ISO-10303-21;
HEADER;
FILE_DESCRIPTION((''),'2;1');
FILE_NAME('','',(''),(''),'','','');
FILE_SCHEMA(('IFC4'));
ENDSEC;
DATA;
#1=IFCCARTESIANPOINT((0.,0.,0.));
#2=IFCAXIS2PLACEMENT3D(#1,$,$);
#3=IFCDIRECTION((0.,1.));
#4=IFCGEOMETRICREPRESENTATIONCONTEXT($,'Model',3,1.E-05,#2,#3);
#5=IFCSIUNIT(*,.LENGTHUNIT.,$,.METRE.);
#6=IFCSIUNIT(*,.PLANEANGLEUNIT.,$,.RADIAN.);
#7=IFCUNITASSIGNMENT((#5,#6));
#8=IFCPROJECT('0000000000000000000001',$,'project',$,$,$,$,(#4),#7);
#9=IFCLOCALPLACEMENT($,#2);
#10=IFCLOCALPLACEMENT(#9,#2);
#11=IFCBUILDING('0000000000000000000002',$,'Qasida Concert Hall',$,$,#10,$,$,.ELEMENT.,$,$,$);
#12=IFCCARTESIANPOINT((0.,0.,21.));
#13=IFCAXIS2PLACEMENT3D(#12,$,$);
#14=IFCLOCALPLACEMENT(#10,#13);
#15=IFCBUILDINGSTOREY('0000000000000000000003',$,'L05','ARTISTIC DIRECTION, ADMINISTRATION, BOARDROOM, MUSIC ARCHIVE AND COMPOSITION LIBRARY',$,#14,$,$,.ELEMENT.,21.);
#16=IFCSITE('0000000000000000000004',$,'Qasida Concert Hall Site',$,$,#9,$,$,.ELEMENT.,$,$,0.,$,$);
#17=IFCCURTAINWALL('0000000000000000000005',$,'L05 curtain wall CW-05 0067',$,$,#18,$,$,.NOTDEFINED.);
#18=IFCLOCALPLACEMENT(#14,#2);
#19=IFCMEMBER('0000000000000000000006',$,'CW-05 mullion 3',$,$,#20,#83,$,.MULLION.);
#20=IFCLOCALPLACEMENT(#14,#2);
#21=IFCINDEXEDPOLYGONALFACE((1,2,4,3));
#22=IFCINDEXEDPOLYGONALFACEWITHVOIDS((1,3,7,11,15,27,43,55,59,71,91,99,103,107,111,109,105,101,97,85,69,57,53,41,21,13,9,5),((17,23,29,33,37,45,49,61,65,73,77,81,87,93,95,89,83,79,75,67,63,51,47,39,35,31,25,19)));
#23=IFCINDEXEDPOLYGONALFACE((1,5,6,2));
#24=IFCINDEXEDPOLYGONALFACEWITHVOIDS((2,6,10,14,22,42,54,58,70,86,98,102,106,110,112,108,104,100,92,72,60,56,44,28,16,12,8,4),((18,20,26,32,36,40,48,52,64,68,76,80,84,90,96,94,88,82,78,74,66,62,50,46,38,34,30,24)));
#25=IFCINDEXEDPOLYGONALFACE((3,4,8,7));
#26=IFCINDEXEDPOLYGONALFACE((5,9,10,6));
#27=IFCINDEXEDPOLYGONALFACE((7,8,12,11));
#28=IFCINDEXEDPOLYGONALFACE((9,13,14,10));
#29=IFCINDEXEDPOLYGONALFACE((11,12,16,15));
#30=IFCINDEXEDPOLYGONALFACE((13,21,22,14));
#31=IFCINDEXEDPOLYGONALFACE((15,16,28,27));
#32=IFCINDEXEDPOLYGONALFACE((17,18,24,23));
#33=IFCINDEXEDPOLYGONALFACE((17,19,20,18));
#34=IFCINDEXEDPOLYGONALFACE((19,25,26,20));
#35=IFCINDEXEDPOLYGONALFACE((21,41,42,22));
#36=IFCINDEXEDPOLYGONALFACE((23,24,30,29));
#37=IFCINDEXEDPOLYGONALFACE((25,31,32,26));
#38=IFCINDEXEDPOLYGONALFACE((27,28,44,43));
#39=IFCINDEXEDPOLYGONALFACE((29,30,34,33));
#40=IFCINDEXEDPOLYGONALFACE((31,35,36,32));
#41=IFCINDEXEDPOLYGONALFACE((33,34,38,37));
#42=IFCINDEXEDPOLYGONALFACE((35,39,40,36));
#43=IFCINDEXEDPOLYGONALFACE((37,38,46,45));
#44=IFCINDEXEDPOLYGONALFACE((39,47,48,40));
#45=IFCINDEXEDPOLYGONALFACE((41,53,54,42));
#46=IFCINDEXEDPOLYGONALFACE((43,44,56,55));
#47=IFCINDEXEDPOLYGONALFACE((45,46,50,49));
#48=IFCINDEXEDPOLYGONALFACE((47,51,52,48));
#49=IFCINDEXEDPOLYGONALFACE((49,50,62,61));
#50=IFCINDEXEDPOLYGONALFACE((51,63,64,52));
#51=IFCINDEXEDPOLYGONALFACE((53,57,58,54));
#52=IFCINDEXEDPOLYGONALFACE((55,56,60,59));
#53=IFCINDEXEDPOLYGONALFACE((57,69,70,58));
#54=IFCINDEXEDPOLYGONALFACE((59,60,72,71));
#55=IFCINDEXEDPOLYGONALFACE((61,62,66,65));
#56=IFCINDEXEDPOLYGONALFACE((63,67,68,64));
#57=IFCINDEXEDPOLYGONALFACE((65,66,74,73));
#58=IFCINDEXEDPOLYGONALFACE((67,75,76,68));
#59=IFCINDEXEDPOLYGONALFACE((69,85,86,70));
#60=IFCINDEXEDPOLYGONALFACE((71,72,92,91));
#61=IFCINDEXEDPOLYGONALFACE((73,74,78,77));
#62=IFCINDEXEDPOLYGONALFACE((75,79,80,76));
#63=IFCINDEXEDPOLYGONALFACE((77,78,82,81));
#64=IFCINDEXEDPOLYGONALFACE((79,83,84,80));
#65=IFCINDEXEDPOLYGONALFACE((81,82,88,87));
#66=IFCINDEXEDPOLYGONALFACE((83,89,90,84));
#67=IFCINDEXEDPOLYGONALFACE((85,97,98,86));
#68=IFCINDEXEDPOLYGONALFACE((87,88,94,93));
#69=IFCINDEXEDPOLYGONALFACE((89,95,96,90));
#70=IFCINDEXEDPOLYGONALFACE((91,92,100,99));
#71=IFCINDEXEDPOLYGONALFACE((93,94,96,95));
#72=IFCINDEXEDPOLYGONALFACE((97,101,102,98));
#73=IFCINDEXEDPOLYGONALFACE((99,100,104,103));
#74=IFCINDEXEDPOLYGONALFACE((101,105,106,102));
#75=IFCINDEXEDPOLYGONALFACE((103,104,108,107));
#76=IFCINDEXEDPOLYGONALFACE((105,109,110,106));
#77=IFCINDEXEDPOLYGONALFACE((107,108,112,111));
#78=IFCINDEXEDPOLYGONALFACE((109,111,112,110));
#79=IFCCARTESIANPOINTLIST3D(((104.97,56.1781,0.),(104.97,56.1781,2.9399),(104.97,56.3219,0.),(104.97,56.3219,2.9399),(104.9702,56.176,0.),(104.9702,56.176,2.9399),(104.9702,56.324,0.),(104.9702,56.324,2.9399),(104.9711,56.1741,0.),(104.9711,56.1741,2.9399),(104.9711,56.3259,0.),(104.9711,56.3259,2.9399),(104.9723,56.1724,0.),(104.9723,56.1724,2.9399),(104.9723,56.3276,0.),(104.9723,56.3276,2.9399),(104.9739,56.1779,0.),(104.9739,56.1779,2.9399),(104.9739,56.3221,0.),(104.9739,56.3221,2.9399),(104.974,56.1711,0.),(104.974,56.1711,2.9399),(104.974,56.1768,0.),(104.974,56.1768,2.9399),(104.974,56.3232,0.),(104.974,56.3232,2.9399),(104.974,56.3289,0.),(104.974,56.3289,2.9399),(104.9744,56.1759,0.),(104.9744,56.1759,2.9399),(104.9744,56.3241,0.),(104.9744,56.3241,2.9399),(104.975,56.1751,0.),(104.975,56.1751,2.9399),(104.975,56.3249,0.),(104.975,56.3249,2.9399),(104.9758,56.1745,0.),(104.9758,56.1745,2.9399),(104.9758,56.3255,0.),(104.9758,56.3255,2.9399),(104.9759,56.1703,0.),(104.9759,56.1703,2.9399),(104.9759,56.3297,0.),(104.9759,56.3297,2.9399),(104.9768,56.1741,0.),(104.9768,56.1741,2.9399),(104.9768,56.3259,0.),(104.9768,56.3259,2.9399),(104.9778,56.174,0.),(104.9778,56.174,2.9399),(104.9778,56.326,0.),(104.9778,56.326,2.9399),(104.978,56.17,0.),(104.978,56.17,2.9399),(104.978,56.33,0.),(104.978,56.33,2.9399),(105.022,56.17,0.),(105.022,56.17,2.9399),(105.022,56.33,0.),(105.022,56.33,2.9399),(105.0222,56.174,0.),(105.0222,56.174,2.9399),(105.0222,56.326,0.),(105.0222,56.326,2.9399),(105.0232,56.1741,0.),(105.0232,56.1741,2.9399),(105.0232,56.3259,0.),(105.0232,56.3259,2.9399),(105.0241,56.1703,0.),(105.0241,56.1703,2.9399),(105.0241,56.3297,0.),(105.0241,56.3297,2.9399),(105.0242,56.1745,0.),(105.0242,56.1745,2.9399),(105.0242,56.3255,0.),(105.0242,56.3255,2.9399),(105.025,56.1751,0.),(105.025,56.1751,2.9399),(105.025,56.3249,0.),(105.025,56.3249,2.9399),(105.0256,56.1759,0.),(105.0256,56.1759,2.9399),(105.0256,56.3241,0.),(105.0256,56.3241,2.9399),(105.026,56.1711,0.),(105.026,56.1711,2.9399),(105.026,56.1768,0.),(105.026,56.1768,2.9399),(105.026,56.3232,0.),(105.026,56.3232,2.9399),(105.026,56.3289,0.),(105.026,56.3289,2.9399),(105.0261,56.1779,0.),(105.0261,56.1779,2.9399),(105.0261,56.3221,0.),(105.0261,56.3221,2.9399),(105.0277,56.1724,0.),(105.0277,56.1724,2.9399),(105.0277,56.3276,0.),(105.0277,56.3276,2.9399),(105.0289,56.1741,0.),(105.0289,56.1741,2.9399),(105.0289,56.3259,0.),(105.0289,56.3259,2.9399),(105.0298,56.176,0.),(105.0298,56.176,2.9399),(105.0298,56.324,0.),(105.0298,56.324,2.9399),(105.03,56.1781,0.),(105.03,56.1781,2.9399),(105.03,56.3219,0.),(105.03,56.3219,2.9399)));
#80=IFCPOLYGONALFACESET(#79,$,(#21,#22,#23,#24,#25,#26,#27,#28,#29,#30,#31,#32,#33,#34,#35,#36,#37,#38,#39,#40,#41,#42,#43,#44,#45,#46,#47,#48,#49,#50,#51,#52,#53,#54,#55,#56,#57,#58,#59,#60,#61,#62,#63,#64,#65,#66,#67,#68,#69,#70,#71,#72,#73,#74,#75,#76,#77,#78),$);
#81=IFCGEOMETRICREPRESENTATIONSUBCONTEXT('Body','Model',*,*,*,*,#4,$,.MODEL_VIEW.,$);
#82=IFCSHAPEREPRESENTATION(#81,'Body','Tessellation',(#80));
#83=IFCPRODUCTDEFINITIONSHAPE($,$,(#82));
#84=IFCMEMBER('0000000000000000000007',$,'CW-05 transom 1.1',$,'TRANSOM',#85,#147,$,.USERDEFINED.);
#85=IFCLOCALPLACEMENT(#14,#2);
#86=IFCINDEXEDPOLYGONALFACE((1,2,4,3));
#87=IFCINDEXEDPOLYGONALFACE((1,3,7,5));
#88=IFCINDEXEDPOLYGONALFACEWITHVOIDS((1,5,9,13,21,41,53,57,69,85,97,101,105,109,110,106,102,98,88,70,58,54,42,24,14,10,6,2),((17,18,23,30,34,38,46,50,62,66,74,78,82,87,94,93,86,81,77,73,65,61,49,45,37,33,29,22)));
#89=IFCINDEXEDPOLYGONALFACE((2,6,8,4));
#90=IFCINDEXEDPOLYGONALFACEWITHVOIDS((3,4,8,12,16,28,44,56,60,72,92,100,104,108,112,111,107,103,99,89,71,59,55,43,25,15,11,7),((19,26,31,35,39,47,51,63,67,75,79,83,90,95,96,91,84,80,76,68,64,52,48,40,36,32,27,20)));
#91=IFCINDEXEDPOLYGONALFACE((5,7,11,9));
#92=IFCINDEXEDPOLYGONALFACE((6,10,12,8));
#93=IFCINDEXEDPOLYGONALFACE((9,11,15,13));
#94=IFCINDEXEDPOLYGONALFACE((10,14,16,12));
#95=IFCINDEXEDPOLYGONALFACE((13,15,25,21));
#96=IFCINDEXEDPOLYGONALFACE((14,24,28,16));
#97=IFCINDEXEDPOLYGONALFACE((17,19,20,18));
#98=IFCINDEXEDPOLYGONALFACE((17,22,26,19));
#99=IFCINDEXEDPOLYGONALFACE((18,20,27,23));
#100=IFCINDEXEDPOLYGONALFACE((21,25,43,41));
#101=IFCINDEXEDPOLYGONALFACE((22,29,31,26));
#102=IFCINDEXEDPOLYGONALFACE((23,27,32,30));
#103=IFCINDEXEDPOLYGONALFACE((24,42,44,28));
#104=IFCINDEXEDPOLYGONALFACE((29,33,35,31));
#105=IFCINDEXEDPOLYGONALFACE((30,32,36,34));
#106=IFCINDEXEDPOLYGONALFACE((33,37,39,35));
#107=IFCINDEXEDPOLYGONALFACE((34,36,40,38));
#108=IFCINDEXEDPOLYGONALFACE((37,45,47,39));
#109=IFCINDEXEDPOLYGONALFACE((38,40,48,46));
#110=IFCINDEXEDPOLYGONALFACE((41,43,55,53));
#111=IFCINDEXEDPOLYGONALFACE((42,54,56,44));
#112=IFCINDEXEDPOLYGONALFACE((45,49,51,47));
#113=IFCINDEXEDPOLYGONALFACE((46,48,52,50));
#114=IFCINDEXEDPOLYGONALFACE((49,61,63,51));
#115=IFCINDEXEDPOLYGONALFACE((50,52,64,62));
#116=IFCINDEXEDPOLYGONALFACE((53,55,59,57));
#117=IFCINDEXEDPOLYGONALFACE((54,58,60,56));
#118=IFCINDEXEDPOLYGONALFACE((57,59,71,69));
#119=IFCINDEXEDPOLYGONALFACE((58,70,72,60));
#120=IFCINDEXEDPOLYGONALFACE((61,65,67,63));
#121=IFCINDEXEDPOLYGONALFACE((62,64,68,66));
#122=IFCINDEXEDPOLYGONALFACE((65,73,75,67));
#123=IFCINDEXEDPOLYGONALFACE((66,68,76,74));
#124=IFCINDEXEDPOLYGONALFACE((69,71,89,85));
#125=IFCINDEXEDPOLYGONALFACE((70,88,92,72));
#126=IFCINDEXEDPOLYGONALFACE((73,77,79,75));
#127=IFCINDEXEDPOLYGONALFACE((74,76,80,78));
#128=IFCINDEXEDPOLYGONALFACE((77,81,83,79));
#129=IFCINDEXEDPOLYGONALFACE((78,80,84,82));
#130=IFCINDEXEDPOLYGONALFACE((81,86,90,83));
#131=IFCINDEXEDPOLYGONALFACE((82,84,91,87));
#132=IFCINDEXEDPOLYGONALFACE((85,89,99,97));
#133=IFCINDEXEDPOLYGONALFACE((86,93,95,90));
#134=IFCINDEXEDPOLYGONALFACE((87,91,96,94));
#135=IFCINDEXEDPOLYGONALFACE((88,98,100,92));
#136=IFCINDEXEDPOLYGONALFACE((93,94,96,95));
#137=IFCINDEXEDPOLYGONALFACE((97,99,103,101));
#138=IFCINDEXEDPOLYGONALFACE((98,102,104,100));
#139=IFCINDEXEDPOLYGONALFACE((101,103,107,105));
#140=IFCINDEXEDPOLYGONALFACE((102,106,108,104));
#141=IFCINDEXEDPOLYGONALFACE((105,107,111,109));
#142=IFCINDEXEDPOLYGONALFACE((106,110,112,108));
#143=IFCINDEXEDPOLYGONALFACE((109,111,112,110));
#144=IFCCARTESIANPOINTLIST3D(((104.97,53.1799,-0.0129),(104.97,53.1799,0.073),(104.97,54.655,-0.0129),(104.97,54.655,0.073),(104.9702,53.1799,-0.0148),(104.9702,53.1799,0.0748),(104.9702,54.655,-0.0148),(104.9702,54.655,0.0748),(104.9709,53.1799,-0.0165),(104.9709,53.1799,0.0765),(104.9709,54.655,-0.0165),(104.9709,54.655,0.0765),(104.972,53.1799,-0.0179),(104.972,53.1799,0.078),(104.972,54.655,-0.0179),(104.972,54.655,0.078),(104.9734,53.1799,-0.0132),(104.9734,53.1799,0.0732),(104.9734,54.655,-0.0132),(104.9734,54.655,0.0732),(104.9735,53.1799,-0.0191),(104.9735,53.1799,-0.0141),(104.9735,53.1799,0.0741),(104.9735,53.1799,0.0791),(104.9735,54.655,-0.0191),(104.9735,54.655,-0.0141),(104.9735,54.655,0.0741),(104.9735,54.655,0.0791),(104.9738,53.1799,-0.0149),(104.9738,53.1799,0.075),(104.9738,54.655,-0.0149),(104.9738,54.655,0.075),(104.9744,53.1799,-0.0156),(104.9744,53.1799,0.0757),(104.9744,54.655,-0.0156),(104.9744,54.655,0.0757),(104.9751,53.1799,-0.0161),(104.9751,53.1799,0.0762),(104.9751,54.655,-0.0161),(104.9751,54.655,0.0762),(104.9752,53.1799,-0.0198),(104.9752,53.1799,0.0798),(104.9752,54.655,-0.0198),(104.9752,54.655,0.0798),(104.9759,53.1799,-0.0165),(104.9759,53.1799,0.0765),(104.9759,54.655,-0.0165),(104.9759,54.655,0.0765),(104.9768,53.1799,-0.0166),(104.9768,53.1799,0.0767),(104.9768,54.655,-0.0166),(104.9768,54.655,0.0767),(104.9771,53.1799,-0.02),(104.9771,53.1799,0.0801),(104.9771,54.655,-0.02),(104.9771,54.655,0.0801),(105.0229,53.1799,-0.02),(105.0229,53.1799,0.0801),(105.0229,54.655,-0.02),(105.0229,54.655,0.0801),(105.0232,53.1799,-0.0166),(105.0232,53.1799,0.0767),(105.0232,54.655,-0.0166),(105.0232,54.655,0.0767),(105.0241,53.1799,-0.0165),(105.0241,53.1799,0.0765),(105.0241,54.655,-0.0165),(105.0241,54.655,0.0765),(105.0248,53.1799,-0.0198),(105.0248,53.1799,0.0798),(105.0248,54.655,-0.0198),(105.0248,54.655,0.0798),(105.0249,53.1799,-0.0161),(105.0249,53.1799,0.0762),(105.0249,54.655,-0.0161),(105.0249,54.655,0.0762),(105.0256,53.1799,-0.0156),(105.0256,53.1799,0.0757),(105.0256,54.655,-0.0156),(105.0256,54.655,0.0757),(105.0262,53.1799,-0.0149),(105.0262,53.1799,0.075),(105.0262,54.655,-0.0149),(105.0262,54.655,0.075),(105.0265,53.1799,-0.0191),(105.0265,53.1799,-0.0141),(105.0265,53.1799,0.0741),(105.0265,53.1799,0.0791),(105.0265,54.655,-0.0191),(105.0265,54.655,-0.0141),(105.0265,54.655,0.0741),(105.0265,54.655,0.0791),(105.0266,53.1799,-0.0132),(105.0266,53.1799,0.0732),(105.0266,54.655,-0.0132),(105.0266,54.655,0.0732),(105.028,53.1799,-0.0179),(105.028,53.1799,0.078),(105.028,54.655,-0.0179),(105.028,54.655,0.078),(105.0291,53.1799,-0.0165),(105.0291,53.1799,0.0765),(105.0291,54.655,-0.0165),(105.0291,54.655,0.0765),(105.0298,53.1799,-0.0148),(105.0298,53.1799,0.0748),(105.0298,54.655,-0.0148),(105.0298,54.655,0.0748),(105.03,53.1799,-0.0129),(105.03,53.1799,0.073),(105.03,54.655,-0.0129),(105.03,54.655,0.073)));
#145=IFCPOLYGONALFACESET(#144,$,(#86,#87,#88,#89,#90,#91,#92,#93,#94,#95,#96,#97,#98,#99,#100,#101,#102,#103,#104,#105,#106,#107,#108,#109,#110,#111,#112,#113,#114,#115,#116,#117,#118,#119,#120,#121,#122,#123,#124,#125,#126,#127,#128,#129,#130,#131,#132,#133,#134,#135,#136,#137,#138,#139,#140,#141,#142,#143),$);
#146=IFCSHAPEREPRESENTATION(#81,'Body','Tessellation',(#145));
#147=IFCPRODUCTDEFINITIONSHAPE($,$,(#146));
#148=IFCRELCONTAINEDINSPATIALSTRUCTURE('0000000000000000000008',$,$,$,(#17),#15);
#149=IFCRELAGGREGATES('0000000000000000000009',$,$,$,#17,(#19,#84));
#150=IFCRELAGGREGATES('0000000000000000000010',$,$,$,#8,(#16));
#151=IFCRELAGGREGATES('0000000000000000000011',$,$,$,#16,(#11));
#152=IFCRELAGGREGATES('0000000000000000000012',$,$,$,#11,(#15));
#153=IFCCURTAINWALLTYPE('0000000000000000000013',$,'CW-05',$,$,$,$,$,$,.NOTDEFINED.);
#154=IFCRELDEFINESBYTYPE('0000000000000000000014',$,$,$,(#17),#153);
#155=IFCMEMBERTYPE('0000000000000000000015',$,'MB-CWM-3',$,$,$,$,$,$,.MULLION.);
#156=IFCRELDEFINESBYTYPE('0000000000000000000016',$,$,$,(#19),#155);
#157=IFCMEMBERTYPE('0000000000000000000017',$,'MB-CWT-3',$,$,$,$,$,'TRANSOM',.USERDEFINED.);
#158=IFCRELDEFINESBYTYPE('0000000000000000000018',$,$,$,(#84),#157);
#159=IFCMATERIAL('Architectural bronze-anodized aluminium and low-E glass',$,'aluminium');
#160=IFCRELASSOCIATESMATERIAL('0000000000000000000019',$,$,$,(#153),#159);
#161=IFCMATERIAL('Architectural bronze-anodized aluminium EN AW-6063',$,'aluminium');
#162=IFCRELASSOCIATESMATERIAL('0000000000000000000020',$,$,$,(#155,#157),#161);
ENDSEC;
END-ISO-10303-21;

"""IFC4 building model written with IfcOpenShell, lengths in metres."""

from ifc_helpers import new_model, si_unit, direction, frame, origin, origin_2d, place, context, subcontext, project, spatial, hollow_rectangle, extrude, material, material_profile, profile_set, type_object, element, aggregate, save


model = new_model("IFC4")

# Units and contexts
model_context = context("Model", 3, precision=1e-05, world=origin(), true_north=direction((0.0, 1.0)))
body_context = subcontext(model_context, "Body", "Model", "MODEL_VIEW")
ifc_project = project(units=[si_unit("LENGTHUNIT", "METRE"), si_unit("PLANEANGLEUNIT", "RADIAN")], contexts=[model_context])

# Site, building, storey
site_placement = place(None, origin())
site = spatial("IfcSite", under=ifc_project, at=site_placement, Name="Qasida Concert Hall Site", CompositionType="ELEMENT", RefElevation=0.0)
building_placement = place(site_placement, origin())
building = spatial("IfcBuilding", under=site, at=building_placement, Name="Qasida Concert Hall", CompositionType="ELEMENT")
storey_placement = place(building_placement, frame((0.0, 0.0, 21.0)))
storey = spatial("IfcBuildingStorey", under=building, at=storey_placement, Name="L05", Description="ARTISTIC DIRECTION, ADMINISTRATION, BOARDROOM, MUSIC ARCHIVE AND COMPOSITION LIBRARY", CompositionType="ELEMENT", Elevation=21.0)

# Curtain wall, members
ifc_material_1 = material(Name="Architectural bronze-anodized aluminium and low-E glass", Category="aluminium")
curtain_wall_type = type_object("IfcCurtainWallType", Name="CW-05", PredefinedType="NOTDEFINED", material=ifc_material_1)
curtain_wall_placement = place(storey_placement, origin())
curtain_wall = element("IfcCurtainWall", 1, at=curtain_wall_placement, inside=storey, type_object=curtain_wall_type, Name="L05 curtain wall CW-05 0067", PredefinedType="NOTDEFINED")
ifc_material_2 = material(Name="Architectural bronze-anodized aluminium EN AW-6063", Category="aluminium")
ifc_material_profile_1 = material_profile(ifc_material_2, hollow_rectangle(XDim=0.0601, YDim=0.1599, WallThickness=0.0039, InnerFilletRadius=0.0039, OuterFilletRadius=0.0081, at=origin_2d()), Name="CWM 160x60x4")
ifc_profile_set_1 = profile_set([ifc_material_profile_1], Name="Architectural bronze-anodized aluminium EN AW-6063")
member_type_1 = type_object("IfcMemberType", Name="MB-CWM-3", PredefinedType="MULLION", material=ifc_profile_set_1)
member_1_placement = place(storey_placement, frame((105.0, 56.25, 0.0), z_axis=(0.0, 0.0, 1.0), x_axis=(-1.0, 0.0, 0.0)))
member_1 = element("IfcMember", 2, at=member_1_placement, type_object=member_type_1, Name="CW-05 mullion 3", PredefinedType="MULLION", context=body_context, shape_type="SweptSolid", body=[
    extrude(hollow_rectangle(XDim=0.0601, YDim=0.1599, WallThickness=0.0039, InnerFilletRadius=0.0039, OuterFilletRadius=0.0081, at=origin_2d()), origin(), (0.0, 0.0, 1.0), 2.9399),
])
ifc_material_profile_2 = material_profile(ifc_material_2, hollow_rectangle(XDim=0.0601, YDim=0.1001, WallThickness=0.0034, InnerFilletRadius=0.0034, OuterFilletRadius=0.0071, at=origin_2d()), Name="CWT 100x60x3.5")
ifc_profile_set_2 = profile_set([ifc_material_profile_2], Name="Architectural bronze-anodized aluminium EN AW-6063")
member_type_2 = type_object("IfcMemberType", Name="MB-CWT-3", ElementType="TRANSOM", PredefinedType="USERDEFINED", material=ifc_profile_set_2)
member_2_placement = place(storey_placement, frame((105.0, 53.1799, 0.03), z_axis=(0.0, 1.0, 0.0), x_axis=(-1.0, 0.0, 0.0)))
member_2 = element("IfcMember", 3, at=member_2_placement, type_object=member_type_2, Name="CW-05 transom 1.1", ObjectType="TRANSOM", PredefinedType="USERDEFINED", context=body_context, shape_type="SweptSolid", body=[
    extrude(hollow_rectangle(XDim=0.0601, YDim=0.1001, WallThickness=0.0034, InnerFilletRadius=0.0034, OuterFilletRadius=0.0071, at=origin_2d()), origin(), (0.0, 0.0, 1.0), 1.4751),
])
aggregate(curtain_wall, [member_1, member_2])

save(model, "model.ifc")
